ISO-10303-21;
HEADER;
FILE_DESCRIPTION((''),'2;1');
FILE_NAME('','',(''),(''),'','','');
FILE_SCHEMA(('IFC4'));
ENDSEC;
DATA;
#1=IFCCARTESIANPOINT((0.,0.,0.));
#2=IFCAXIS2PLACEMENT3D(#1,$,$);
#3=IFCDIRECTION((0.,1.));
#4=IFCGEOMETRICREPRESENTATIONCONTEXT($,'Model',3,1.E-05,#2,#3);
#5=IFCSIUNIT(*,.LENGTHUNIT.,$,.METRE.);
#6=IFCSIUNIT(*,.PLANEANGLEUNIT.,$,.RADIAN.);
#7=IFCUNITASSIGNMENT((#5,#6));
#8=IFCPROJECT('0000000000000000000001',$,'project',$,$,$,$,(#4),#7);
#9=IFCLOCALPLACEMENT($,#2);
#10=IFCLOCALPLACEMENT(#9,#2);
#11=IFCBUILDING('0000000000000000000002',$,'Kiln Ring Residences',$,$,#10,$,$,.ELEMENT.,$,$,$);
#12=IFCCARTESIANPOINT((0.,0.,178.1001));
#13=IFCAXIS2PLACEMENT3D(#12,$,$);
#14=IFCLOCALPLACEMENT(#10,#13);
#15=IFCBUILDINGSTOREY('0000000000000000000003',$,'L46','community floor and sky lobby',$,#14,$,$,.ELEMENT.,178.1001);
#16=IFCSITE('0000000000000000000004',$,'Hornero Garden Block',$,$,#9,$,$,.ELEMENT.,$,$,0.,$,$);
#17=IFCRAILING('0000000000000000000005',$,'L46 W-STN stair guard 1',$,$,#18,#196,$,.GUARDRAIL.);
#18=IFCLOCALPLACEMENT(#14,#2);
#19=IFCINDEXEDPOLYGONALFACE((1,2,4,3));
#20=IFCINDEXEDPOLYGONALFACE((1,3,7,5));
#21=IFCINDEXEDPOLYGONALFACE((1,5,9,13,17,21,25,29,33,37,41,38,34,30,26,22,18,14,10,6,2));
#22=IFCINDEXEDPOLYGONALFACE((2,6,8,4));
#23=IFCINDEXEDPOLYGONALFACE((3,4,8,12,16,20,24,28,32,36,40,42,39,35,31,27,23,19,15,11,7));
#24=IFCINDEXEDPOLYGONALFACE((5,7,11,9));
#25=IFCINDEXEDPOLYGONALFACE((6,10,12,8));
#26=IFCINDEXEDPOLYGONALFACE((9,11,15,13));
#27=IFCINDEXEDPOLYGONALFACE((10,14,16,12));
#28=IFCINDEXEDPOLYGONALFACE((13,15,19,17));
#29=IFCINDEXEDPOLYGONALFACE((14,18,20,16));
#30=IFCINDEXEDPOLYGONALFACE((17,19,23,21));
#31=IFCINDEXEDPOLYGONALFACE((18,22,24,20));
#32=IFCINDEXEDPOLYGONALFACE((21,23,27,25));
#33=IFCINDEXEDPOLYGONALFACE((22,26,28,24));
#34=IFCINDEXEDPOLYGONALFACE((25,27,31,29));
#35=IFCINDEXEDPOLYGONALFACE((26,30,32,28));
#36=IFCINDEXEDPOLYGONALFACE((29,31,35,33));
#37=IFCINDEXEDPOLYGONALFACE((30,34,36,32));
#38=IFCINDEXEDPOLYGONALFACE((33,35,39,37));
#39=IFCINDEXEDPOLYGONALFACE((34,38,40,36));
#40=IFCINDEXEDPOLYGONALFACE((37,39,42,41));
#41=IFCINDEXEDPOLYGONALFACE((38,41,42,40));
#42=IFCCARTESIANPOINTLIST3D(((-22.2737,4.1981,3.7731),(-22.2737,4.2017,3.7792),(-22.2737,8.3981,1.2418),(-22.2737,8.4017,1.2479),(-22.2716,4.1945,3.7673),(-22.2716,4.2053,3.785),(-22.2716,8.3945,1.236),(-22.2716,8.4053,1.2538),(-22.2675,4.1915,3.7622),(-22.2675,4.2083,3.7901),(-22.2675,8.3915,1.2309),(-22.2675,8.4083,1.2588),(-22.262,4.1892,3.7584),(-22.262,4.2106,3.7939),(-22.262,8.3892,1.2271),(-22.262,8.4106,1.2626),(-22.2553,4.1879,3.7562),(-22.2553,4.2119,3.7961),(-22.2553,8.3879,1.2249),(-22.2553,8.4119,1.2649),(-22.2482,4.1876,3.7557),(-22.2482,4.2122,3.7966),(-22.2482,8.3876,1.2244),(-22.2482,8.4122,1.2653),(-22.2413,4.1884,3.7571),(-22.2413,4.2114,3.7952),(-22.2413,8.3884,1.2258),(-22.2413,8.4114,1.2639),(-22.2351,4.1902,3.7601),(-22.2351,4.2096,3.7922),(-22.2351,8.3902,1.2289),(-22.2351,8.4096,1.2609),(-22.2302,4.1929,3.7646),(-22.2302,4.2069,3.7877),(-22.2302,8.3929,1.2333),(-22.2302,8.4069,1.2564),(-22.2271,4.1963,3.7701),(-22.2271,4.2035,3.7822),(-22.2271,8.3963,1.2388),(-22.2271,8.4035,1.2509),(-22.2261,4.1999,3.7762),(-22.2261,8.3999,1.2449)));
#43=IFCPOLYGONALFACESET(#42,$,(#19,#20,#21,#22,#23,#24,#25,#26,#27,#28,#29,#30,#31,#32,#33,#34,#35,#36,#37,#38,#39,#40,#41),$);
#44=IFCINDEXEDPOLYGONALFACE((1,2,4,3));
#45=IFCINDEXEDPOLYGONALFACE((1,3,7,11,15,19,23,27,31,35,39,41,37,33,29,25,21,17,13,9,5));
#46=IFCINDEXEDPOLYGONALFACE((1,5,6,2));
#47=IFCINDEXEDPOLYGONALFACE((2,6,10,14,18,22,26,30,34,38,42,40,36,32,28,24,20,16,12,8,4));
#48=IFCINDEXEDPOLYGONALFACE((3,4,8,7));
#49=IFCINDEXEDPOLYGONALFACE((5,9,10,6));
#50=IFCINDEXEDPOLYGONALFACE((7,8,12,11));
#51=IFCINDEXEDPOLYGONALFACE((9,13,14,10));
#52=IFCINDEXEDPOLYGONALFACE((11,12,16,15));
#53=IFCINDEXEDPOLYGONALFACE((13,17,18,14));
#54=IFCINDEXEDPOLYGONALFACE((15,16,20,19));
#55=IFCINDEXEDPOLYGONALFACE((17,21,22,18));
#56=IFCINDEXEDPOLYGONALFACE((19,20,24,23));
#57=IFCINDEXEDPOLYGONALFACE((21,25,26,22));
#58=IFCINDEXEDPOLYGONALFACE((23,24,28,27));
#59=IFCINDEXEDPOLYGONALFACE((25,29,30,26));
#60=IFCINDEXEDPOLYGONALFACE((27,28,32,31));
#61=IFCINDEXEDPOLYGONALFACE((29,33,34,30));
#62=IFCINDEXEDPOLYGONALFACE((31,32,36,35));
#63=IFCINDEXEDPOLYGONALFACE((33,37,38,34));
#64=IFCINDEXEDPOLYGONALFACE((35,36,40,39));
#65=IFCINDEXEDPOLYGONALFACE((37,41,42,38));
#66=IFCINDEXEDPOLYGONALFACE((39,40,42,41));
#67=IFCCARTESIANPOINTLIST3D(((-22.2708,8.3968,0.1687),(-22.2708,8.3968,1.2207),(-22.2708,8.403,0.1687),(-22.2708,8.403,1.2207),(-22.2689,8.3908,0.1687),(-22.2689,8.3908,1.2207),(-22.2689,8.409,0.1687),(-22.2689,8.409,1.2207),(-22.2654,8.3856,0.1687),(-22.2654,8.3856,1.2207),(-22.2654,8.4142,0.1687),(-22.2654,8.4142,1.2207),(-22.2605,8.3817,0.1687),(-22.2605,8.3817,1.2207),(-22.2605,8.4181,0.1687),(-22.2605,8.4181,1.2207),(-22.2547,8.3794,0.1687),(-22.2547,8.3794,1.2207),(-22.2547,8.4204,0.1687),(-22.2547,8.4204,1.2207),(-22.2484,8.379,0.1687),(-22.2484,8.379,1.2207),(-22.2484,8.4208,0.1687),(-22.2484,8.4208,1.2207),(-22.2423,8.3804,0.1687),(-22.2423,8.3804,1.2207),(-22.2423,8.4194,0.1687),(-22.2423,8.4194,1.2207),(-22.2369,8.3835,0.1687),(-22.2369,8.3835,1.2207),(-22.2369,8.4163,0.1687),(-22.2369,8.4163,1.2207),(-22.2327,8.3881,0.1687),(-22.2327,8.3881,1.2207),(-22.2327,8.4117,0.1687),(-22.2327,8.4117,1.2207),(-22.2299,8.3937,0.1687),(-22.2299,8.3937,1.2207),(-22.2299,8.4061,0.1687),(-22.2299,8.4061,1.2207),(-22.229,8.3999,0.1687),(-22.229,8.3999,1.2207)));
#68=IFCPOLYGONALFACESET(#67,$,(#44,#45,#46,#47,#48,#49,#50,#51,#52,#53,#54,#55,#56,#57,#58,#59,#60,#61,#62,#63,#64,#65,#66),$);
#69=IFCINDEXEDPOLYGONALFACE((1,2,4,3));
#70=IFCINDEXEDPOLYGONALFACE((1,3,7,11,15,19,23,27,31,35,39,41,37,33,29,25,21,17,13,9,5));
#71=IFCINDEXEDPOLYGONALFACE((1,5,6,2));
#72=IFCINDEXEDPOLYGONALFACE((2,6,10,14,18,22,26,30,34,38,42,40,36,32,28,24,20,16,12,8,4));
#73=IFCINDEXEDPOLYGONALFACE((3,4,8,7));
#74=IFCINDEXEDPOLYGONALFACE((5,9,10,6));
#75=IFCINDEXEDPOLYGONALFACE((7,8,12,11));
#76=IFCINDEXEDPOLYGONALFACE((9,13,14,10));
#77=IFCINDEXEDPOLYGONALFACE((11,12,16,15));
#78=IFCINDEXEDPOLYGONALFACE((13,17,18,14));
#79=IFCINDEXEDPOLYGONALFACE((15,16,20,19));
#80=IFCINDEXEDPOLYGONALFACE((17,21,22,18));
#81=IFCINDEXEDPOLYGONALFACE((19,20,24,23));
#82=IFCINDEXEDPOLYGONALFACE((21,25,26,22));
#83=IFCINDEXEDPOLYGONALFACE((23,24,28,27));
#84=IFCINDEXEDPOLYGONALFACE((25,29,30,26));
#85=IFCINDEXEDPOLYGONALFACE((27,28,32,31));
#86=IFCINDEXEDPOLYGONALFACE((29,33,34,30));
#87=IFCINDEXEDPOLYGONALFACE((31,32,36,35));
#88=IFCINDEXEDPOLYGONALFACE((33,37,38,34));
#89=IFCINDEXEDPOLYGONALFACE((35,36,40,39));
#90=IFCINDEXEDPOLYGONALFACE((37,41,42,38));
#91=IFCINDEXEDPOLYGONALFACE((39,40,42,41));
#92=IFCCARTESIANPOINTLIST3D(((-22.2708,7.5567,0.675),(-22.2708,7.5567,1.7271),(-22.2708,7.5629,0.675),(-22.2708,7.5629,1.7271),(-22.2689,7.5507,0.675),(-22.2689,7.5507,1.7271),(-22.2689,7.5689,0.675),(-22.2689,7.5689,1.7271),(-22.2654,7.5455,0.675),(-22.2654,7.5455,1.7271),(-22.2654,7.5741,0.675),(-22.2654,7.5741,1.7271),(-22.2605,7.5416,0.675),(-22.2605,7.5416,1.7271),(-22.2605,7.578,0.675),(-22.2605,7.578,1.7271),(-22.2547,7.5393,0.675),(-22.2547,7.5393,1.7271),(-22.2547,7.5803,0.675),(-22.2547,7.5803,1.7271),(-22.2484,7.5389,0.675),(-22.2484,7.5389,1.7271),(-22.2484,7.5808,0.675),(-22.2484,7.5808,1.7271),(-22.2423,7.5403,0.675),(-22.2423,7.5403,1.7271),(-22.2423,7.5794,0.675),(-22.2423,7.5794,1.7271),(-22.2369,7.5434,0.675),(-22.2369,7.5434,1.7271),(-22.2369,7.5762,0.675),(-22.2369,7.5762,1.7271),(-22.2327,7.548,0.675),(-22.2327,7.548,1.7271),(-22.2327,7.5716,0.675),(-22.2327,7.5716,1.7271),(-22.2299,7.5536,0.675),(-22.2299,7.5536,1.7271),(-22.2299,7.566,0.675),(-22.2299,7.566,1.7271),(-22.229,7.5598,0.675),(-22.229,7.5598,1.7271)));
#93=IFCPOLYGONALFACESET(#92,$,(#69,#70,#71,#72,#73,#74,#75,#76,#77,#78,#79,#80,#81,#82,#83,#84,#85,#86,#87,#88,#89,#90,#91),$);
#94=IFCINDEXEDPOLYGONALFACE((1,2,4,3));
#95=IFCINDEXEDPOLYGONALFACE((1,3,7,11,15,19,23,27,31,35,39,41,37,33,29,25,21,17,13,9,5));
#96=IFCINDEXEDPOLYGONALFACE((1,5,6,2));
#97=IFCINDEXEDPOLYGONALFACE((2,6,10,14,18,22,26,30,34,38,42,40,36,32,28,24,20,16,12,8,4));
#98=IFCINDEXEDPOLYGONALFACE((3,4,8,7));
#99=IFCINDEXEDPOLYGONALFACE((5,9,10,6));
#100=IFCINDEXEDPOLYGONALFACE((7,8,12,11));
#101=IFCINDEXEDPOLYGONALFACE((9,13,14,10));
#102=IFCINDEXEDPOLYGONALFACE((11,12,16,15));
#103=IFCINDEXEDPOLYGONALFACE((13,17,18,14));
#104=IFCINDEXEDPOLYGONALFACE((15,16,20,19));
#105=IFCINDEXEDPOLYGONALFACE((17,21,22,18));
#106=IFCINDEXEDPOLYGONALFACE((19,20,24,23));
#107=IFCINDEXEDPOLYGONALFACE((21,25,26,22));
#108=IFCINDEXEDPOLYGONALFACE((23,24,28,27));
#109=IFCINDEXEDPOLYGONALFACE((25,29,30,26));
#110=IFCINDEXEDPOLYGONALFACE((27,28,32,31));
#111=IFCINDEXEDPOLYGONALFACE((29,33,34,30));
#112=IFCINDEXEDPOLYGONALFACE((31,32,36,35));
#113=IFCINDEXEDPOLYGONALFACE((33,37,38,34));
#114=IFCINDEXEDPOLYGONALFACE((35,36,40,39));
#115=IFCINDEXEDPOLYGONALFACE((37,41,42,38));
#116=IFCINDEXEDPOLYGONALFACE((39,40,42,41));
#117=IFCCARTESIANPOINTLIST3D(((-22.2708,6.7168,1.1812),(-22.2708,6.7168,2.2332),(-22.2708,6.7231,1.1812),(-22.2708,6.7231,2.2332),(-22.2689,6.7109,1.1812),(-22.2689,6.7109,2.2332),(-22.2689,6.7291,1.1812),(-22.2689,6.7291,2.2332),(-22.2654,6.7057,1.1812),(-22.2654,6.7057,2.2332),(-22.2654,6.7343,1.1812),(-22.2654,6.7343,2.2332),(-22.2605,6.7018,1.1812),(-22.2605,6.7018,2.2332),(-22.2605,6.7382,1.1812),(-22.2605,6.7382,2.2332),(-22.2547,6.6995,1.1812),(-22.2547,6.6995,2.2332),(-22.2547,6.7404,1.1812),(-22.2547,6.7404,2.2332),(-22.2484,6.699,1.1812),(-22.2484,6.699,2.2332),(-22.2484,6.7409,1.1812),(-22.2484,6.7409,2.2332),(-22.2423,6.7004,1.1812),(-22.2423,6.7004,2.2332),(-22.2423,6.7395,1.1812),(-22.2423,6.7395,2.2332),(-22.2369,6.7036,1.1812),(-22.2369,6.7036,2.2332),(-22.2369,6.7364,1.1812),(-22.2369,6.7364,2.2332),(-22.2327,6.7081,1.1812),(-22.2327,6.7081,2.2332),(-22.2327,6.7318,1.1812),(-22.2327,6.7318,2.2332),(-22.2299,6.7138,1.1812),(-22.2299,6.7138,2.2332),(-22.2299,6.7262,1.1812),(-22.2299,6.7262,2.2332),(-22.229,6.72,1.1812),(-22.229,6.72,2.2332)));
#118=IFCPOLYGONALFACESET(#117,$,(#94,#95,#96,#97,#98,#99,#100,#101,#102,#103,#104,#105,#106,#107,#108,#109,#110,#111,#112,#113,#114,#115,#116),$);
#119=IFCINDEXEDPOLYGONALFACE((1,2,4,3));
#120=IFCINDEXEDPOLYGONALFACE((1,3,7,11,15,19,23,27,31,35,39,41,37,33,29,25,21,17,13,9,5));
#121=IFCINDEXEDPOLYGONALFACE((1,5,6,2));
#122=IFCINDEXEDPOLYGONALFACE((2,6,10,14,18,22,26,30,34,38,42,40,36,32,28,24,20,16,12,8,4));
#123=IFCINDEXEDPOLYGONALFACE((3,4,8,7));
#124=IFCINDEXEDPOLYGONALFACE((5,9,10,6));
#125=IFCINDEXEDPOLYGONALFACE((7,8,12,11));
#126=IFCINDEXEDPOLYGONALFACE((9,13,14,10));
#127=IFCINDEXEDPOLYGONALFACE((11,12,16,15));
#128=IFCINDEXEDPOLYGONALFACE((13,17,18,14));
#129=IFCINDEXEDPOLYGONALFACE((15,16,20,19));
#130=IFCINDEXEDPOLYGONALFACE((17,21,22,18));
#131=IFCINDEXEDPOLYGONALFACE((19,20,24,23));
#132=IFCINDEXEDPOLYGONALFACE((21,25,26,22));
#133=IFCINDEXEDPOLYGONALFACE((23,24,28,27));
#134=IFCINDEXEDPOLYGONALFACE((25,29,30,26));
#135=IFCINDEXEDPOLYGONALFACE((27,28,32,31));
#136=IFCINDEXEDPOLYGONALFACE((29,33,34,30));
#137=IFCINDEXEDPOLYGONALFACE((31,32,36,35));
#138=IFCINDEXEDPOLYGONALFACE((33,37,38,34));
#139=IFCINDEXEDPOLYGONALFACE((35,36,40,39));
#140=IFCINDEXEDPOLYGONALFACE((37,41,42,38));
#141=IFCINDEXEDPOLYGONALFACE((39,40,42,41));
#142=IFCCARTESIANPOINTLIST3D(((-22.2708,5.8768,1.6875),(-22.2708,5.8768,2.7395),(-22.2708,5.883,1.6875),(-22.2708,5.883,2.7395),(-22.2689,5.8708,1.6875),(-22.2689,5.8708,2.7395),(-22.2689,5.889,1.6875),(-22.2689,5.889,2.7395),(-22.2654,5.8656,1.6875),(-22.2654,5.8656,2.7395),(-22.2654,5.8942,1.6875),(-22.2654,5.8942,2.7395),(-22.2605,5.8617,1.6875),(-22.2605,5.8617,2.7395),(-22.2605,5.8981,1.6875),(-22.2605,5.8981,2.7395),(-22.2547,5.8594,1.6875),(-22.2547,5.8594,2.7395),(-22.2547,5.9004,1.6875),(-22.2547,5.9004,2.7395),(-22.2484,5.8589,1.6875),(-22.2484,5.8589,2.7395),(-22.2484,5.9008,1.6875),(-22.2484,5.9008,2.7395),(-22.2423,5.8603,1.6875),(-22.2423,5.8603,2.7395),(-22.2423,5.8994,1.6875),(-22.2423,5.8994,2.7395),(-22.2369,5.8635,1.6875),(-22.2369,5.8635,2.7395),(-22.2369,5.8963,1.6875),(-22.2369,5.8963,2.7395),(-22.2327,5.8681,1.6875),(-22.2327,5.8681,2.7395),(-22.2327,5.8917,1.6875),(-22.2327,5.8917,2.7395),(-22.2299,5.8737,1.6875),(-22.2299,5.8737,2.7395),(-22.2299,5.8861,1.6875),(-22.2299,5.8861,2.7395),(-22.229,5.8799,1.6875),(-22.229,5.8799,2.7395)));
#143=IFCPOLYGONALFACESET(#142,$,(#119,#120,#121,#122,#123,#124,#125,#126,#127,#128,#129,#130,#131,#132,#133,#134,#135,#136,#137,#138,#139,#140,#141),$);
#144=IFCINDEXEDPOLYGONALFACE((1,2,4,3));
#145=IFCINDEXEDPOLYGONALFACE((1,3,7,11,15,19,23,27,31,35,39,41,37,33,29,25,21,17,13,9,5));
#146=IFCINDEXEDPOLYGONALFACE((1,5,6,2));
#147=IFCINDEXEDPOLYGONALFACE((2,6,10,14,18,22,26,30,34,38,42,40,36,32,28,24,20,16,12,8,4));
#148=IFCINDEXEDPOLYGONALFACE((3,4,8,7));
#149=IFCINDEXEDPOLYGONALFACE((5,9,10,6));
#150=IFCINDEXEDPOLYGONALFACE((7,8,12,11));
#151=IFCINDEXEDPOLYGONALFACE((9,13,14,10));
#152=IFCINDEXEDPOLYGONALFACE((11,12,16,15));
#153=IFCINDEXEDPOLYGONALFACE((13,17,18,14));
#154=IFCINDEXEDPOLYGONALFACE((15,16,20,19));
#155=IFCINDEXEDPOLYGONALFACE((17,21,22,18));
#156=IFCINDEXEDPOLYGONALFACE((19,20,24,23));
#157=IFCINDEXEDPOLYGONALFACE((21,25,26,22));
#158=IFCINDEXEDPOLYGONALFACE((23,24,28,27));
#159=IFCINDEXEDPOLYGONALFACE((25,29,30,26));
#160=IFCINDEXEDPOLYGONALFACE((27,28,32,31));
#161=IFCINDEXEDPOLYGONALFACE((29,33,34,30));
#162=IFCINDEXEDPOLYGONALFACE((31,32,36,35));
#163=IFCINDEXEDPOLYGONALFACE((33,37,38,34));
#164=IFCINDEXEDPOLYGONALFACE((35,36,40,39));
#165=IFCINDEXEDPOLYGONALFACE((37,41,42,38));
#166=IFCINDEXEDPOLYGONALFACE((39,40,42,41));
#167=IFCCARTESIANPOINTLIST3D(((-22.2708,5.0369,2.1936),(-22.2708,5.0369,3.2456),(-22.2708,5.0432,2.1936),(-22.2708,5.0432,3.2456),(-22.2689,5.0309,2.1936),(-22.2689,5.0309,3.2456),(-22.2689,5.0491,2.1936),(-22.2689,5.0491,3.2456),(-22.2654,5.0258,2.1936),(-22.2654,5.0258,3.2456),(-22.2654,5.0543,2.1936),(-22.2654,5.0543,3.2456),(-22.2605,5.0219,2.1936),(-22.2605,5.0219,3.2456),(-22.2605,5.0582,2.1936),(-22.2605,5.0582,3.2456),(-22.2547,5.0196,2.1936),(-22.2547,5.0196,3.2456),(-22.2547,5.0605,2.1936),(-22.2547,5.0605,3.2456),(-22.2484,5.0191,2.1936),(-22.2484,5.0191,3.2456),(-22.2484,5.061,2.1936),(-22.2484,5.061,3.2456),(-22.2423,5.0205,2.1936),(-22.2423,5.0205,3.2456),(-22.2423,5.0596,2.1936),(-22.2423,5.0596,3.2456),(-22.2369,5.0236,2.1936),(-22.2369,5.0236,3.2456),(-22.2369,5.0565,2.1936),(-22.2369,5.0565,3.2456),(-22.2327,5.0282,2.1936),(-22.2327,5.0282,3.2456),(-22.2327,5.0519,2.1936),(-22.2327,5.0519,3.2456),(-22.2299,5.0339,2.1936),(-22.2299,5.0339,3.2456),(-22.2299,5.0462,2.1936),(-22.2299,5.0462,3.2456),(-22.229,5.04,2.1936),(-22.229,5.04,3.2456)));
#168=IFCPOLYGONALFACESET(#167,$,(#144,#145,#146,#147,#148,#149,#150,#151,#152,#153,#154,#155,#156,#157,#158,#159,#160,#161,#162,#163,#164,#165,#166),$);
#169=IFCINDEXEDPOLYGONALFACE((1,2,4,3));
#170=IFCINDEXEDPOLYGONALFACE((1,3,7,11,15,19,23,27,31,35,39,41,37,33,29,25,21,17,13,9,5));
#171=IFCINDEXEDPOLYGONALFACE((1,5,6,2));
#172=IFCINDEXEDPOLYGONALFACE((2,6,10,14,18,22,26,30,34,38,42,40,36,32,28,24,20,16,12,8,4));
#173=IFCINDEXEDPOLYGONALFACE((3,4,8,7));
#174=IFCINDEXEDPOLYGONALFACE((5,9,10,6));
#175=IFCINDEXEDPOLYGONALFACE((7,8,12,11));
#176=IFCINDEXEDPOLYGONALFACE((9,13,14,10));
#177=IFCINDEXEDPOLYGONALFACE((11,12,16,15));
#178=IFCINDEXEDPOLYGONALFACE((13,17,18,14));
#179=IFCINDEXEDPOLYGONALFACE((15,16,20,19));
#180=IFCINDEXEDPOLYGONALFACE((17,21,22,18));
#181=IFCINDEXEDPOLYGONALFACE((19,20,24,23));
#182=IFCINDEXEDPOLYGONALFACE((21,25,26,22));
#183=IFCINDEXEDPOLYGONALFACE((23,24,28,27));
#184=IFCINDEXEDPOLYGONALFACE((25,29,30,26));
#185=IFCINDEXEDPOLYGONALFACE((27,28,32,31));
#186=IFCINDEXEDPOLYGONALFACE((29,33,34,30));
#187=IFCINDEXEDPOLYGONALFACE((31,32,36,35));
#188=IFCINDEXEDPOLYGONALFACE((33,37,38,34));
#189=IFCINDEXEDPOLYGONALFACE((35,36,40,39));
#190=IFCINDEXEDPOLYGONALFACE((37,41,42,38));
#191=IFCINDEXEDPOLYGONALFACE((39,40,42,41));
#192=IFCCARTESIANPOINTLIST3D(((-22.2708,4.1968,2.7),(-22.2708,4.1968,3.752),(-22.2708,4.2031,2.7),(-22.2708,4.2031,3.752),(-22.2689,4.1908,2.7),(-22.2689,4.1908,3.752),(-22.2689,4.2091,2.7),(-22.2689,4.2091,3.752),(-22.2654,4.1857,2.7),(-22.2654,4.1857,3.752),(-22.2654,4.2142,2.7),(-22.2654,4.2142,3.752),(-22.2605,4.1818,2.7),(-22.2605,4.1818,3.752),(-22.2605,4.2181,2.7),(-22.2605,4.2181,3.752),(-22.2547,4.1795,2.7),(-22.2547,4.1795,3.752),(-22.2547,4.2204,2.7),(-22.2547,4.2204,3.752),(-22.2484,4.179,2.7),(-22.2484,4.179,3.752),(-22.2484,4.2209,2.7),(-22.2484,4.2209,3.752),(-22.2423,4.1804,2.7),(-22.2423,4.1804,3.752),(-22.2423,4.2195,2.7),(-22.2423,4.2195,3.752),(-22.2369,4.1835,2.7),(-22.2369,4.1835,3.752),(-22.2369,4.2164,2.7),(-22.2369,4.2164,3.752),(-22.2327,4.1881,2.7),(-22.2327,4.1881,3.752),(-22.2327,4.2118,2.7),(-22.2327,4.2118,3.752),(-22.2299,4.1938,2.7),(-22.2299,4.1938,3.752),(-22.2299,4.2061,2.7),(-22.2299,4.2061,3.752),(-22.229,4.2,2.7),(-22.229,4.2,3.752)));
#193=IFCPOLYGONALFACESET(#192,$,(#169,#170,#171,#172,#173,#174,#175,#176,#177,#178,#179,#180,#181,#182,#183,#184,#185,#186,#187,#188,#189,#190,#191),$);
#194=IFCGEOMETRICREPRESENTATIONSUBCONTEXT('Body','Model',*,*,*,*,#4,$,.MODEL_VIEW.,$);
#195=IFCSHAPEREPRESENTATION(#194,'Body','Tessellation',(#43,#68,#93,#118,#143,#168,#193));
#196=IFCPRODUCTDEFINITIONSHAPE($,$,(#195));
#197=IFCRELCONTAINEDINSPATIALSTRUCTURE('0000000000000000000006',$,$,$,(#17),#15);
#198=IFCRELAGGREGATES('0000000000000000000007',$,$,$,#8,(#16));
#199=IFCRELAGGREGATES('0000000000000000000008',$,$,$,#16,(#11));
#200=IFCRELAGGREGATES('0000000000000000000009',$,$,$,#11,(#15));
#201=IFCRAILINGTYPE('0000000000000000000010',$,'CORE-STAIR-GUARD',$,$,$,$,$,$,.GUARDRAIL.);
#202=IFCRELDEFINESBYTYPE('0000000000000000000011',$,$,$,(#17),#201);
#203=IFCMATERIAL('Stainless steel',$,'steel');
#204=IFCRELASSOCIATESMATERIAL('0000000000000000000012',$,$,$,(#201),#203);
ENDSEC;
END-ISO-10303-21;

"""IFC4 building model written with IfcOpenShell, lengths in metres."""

from ifc_helpers import new_model, si_unit, direction, frame, origin, origin_2d, place, context, subcontext, project, spatial, circle, extrude, material, type_object, element, save


model = new_model("IFC4")

# Units and contexts
model_context = context("Model", 3, precision=1e-05, world=origin(), true_north=direction((0.0, 1.0)))
body_context = subcontext(model_context, "Body", "Model", "MODEL_VIEW")
ifc_project = project(units=[si_unit("LENGTHUNIT", "METRE"), si_unit("PLANEANGLEUNIT", "RADIAN")], contexts=[model_context])

# Site, building, storey
site_placement = place(None, origin())
site = spatial("IfcSite", under=ifc_project, at=site_placement, Name="Hornero Garden Block", CompositionType="ELEMENT", RefElevation=0.0)
building_placement = place(site_placement, origin())
building = spatial("IfcBuilding", under=site, at=building_placement, Name="Kiln Ring Residences", CompositionType="ELEMENT")
storey_placement = place(building_placement, frame((0.0, 0.0, 178.1001)))
storey = spatial("IfcBuildingStorey", under=building, at=storey_placement, Name="L46", Description="community floor and sky lobby", CompositionType="ELEMENT", Elevation=178.1001)

# Railing
ifc_material_1 = material(Name="Stainless steel", Category="steel")
railing_type_1 = type_object("IfcRailingType", Name="CORE-STAIR-GUARD", PredefinedType="GUARDRAIL", material=ifc_material_1)
railing_1_placement = place(storey_placement, frame((-22.25, 8.3999, 0.1687)))
element("IfcRailing", 1, at=railing_1_placement, inside=storey, type_object=railing_type_1, Name="L46 W-STN stair guard 1", PredefinedType="GUARDRAIL", context=body_context, shape_type="SweptSolid", body=[
    extrude(circle(Radius=0.0239, at=origin_2d()), frame((0.0, 0.0, 1.0762), z_axis=(0.0, -0.856476, 0.516186), x_axis=(1.0, 0.0, 0.0)), (0.0, 0.0, 1.0), 4.9038),
    extrude(circle(Radius=0.021, at=origin_2d()), origin(), (0.0, 0.0, 1.0), 1.052),
    extrude(circle(Radius=0.021, at=origin_2d()), frame((0.0, -0.8401, 0.5063)), (0.0, 0.0, 1.0), 1.052),
    extrude(circle(Radius=0.021, at=origin_2d()), frame((0.0, -1.6799, 1.0125)), (0.0, 0.0, 1.0), 1.052),
    extrude(circle(Radius=0.021, at=origin_2d()), frame((0.0, -2.52, 1.5188)), (0.0, 0.0, 1.0), 1.052),
    extrude(circle(Radius=0.021, at=origin_2d()), frame((0.0, -3.3599, 2.0249)), (0.0, 0.0, 1.0), 1.052),
    extrude(circle(Radius=0.021, at=origin_2d()), frame((0.0, -4.2, 2.5312)), (0.0, 0.0, 1.0), 1.052),
])

save(model, "model.ifc")
